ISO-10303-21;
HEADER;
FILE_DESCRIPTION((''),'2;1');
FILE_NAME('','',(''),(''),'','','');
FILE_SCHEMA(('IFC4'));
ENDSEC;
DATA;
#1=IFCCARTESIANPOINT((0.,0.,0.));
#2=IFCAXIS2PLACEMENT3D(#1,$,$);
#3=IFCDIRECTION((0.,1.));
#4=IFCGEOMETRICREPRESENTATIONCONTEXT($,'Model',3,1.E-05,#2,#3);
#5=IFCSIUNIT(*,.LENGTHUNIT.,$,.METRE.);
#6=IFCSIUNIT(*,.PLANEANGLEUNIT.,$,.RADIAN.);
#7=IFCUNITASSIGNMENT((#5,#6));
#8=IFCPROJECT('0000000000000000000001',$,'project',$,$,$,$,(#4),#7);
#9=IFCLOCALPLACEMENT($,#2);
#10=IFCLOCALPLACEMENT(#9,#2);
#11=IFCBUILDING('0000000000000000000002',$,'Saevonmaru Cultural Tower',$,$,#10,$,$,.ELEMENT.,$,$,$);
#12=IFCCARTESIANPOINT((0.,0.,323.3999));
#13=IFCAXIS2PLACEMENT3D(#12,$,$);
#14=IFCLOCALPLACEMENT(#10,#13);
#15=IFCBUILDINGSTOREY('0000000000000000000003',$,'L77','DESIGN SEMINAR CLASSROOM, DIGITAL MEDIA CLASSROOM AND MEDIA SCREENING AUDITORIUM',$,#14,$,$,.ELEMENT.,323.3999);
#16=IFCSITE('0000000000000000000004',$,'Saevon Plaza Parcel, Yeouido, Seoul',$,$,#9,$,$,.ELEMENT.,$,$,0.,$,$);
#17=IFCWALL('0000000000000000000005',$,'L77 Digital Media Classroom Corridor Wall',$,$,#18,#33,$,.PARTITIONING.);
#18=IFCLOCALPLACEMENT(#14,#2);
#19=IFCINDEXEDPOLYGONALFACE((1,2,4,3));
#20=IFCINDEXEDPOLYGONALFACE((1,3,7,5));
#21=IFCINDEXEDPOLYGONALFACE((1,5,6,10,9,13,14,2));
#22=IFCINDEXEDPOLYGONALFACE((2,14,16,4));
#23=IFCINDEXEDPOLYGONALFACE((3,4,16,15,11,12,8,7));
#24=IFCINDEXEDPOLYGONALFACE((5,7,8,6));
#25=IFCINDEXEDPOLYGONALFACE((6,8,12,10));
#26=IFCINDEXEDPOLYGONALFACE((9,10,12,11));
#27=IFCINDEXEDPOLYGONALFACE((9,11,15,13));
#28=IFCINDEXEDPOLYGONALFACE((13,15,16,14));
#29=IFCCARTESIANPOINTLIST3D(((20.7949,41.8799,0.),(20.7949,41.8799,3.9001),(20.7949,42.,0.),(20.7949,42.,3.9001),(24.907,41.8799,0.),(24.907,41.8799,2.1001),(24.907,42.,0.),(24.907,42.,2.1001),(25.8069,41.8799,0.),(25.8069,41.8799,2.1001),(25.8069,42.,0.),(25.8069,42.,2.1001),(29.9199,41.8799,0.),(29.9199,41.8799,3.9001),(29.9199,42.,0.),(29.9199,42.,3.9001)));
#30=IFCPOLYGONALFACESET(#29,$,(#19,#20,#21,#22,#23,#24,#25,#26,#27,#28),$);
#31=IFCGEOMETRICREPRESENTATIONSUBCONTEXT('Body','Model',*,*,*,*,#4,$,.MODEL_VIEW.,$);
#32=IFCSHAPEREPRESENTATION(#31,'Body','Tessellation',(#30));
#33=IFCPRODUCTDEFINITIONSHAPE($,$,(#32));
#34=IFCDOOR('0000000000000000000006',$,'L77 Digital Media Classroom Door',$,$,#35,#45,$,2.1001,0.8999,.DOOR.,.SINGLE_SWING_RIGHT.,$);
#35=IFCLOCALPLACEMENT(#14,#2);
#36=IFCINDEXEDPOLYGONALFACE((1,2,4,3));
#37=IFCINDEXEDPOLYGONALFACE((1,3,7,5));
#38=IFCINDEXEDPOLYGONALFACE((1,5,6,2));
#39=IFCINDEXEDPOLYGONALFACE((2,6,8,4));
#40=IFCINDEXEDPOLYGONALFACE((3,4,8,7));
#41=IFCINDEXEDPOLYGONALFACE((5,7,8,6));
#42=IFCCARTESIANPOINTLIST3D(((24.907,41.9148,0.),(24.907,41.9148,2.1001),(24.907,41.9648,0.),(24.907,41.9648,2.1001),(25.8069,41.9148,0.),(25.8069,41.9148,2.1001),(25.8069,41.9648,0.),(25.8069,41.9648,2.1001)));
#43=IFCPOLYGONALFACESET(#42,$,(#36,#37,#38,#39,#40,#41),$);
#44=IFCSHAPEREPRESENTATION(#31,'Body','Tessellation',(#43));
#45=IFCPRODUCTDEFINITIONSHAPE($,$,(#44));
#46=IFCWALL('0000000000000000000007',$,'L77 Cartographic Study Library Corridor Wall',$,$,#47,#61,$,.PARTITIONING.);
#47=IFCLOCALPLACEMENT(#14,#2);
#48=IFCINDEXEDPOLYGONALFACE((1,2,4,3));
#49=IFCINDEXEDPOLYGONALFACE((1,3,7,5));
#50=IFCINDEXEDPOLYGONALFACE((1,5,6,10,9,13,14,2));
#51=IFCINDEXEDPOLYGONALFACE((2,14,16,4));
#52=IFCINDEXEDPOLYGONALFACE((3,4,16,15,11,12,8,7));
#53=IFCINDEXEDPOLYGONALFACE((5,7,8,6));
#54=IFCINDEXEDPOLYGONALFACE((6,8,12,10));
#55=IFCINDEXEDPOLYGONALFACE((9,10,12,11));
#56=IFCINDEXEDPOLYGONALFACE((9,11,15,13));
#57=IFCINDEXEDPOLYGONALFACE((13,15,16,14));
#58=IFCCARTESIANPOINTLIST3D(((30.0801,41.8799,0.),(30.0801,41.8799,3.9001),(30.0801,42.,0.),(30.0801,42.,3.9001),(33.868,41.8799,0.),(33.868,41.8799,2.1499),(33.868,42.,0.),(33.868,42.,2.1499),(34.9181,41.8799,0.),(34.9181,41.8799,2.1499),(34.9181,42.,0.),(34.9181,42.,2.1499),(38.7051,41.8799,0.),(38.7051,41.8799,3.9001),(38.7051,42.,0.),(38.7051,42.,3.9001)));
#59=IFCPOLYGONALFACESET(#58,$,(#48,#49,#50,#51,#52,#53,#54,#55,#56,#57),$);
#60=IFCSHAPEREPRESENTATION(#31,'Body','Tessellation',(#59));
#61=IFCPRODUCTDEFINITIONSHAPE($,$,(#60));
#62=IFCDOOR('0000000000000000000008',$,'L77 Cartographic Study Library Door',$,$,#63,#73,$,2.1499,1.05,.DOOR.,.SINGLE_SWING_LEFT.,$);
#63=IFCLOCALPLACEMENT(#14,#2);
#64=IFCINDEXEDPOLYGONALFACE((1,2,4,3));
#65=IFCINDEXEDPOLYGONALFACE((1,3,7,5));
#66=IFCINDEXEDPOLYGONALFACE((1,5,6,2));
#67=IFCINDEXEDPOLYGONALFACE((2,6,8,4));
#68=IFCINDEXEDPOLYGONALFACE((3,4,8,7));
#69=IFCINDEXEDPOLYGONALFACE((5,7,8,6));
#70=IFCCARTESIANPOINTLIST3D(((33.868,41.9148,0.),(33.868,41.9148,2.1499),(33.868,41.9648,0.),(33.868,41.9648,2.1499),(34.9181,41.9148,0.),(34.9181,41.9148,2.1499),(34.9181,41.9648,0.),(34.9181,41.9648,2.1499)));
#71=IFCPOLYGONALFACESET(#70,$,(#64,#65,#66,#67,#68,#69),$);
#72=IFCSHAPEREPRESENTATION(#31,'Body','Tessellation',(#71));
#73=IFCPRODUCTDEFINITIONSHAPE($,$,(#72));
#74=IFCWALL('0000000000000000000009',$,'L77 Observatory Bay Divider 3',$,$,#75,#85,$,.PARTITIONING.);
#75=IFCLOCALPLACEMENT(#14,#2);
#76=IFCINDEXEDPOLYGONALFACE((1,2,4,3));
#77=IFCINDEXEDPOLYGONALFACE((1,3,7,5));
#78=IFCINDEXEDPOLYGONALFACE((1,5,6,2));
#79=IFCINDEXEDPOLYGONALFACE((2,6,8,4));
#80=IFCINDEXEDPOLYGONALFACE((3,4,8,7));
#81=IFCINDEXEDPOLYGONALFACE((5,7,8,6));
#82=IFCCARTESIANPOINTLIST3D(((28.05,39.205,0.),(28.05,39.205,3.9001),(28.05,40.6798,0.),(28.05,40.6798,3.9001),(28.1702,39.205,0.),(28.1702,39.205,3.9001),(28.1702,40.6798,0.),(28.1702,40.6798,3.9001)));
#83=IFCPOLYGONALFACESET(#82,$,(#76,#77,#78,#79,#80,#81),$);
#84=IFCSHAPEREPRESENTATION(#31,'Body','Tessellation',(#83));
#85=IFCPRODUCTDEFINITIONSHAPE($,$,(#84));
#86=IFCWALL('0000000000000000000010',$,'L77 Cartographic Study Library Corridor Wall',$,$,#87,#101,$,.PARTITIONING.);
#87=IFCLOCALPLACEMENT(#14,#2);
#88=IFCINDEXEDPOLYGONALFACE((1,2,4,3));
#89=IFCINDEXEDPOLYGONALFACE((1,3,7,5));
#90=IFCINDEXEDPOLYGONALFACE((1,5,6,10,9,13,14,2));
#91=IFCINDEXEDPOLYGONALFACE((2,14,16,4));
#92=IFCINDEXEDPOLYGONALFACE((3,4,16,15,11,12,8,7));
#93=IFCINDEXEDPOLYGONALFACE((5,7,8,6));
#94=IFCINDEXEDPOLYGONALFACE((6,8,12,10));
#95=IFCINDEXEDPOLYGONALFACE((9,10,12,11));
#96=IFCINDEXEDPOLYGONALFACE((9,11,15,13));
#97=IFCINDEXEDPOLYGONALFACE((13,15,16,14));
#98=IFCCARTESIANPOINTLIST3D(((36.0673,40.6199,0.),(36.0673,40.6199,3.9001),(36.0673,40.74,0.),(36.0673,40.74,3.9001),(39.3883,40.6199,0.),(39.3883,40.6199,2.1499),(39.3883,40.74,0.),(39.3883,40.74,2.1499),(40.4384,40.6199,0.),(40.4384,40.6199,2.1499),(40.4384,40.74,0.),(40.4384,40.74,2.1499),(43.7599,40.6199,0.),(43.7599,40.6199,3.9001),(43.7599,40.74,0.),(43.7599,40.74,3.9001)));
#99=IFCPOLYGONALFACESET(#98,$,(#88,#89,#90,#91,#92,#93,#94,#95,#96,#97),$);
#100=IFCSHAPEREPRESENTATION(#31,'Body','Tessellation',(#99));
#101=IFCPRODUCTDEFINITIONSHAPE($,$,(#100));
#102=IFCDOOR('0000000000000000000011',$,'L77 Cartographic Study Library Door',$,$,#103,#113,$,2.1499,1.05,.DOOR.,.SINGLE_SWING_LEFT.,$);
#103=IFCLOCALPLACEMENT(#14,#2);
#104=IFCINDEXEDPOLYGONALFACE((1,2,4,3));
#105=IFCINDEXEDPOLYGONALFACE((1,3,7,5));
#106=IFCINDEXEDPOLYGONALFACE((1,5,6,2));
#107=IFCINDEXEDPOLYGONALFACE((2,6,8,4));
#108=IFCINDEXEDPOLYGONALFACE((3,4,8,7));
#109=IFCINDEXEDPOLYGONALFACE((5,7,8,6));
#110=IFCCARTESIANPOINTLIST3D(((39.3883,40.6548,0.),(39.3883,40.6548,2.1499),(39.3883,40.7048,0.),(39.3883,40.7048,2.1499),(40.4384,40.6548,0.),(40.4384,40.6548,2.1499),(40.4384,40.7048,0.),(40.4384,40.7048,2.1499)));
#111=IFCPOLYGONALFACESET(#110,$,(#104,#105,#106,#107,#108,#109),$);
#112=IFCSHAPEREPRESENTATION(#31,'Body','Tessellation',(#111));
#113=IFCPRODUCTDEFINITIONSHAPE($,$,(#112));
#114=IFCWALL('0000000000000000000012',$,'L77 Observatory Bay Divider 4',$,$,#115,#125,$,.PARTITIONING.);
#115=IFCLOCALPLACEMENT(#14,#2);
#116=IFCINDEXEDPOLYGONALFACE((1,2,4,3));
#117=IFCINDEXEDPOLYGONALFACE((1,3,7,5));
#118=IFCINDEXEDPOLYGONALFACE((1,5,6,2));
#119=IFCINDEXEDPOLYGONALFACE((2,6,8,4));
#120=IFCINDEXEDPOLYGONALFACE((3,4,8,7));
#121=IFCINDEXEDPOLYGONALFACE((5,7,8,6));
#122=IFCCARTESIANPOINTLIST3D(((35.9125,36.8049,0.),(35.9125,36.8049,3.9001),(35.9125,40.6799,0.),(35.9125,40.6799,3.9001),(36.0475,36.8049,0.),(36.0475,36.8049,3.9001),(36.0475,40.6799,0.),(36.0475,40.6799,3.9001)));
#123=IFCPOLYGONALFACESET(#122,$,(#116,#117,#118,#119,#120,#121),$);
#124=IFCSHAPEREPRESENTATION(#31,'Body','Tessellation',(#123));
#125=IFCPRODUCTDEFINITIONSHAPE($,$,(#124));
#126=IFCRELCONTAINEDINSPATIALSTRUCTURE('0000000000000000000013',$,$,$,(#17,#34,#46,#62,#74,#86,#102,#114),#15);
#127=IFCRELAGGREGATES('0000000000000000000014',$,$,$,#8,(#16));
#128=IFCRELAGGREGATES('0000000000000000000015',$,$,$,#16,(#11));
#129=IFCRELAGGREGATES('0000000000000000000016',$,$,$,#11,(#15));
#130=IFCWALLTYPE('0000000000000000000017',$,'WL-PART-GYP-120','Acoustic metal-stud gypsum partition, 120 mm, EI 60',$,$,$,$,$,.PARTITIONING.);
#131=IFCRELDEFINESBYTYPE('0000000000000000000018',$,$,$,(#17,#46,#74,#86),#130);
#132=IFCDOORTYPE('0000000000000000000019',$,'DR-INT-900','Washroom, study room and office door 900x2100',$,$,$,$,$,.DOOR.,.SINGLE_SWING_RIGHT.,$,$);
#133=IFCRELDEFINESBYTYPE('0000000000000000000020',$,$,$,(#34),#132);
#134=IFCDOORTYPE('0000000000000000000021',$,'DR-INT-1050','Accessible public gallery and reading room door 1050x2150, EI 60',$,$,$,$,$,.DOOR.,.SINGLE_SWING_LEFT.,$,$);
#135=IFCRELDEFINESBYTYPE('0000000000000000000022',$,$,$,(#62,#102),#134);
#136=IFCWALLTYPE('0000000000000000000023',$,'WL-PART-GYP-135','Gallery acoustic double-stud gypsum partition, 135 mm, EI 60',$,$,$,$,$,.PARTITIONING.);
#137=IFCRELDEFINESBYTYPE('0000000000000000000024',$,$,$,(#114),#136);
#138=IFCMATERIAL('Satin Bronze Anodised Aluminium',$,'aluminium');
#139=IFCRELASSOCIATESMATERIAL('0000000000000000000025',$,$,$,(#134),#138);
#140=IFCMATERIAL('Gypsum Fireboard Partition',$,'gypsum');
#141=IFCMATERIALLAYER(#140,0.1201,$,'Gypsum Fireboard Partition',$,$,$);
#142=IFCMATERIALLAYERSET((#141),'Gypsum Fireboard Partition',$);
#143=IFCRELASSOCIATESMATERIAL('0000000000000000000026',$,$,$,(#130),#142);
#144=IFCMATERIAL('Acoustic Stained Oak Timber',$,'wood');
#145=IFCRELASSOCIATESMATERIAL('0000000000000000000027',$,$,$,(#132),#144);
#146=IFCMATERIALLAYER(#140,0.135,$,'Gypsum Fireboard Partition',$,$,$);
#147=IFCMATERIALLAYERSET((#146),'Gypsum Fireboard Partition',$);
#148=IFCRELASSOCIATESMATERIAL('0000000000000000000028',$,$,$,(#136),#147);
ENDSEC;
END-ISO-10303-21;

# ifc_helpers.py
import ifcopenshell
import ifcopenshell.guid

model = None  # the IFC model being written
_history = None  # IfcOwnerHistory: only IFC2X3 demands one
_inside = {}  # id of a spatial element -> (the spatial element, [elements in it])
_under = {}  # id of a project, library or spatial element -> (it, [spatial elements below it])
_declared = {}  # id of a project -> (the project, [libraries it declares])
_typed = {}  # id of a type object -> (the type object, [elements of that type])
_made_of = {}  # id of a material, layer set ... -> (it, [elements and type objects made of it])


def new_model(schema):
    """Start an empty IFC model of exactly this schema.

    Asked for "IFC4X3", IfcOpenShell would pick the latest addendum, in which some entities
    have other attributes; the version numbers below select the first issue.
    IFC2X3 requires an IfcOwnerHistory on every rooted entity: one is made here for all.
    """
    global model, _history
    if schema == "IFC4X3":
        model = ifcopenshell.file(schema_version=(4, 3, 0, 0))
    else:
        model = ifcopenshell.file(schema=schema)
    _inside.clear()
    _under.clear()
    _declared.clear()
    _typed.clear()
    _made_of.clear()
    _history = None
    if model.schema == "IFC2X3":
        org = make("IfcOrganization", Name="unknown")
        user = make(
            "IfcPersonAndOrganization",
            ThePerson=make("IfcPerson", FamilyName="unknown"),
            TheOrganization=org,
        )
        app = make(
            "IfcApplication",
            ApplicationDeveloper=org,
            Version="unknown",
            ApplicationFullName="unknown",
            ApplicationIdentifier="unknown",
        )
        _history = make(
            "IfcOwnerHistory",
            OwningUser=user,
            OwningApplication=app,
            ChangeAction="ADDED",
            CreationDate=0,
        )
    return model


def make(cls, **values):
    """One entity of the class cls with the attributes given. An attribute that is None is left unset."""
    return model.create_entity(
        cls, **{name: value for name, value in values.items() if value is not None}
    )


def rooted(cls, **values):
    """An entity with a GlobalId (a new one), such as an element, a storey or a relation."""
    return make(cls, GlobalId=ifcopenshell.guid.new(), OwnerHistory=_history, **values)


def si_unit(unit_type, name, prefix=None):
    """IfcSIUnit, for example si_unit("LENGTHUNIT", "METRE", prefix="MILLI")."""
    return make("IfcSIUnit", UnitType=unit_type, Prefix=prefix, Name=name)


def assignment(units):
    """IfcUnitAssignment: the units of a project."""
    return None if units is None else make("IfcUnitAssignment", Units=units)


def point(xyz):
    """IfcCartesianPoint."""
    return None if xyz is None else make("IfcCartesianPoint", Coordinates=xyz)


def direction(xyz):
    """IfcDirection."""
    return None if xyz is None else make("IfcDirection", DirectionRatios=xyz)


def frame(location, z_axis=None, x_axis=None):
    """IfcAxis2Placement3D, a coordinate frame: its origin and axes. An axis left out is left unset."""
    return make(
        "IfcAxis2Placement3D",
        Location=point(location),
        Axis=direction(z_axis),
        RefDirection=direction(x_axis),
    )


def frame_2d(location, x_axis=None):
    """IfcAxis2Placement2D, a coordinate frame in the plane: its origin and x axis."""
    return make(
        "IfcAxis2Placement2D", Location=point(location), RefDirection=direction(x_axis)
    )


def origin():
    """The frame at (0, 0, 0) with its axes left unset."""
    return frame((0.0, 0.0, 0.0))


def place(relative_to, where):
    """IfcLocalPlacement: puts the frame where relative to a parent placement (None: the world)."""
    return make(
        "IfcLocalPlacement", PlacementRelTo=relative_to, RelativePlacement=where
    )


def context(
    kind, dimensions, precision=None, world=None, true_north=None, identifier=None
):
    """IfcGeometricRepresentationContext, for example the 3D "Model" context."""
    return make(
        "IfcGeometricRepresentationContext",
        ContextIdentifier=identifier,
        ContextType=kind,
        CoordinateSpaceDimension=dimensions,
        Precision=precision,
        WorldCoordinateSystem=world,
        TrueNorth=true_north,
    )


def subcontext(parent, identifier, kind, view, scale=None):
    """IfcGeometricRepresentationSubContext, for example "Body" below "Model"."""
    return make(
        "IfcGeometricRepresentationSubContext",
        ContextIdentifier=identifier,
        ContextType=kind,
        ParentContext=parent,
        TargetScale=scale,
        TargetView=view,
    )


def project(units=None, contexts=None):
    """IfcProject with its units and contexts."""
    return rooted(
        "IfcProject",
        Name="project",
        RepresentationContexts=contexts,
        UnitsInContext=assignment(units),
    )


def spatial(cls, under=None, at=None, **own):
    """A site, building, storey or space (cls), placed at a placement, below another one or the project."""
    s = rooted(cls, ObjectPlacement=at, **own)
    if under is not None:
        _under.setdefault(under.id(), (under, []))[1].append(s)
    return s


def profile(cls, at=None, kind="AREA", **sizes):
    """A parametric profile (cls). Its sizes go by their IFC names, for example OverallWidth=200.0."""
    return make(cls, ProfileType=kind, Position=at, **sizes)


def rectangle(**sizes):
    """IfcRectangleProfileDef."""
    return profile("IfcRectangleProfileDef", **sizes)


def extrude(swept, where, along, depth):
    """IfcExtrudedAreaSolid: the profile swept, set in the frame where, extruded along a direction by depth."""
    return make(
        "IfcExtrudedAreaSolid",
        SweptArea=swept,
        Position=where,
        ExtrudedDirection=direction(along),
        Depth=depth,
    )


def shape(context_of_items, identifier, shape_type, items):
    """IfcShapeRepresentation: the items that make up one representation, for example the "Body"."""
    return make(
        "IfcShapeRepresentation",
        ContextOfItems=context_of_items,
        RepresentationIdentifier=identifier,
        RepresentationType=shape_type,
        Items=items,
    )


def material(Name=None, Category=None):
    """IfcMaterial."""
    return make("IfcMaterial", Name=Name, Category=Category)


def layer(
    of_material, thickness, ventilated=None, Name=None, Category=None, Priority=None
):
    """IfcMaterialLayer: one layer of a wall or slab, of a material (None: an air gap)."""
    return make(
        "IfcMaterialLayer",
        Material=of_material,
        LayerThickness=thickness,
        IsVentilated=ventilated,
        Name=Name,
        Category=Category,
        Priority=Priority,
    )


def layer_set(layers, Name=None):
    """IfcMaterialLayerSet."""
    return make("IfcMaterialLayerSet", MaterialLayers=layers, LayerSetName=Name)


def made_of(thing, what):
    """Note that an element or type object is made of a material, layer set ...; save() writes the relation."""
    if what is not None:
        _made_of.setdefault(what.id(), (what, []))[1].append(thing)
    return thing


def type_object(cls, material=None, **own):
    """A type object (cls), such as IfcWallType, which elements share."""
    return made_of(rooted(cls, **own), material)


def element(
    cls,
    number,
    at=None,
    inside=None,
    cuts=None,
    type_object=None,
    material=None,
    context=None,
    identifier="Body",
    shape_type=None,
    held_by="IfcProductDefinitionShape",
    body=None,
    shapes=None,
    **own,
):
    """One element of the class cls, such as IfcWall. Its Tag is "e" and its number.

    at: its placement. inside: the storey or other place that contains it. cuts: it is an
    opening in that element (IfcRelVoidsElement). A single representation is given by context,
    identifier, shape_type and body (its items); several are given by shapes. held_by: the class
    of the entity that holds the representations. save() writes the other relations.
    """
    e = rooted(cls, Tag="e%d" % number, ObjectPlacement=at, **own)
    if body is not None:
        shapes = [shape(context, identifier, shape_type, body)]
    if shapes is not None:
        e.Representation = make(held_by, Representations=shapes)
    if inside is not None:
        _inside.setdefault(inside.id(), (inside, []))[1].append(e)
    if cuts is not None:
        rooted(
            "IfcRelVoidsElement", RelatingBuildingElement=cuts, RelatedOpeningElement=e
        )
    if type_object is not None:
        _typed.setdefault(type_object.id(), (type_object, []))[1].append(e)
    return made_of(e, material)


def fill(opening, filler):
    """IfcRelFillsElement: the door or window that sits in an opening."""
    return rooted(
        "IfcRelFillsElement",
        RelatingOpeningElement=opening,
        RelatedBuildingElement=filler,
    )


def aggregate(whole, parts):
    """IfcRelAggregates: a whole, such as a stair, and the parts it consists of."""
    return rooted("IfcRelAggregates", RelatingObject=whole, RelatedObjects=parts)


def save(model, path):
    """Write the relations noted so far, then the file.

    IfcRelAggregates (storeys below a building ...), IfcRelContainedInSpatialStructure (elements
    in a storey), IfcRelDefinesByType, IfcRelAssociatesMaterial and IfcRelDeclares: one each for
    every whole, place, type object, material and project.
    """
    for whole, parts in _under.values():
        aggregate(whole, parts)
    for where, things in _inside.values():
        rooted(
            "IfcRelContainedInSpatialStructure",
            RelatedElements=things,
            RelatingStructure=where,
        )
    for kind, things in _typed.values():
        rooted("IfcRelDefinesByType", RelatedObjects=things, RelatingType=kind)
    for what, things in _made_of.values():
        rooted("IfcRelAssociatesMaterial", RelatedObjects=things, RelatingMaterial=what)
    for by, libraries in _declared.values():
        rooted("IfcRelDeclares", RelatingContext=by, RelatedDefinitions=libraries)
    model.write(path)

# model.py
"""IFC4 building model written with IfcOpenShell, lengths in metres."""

from ifc_helpers import new_model, si_unit, direction, frame, frame_2d, origin, place, context, subcontext, project, spatial, rectangle, extrude, material, layer, layer_set, type_object, element, fill, save


model = new_model("IFC4")

# Units and contexts
model_context = context("Model", 3, precision=1e-05, world=origin(), true_north=direction((0.0, 1.0)))
body_context = subcontext(model_context, "Body", "Model", "MODEL_VIEW")
ifc_project = project(units=[si_unit("LENGTHUNIT", "METRE"), si_unit("PLANEANGLEUNIT", "RADIAN")], contexts=[model_context])

# Site, building, storey
site_placement = place(None, origin())
site = spatial("IfcSite", under=ifc_project, at=site_placement, Name="Saevon Plaza Parcel, Yeouido, Seoul", CompositionType="ELEMENT", RefElevation=0.0)
building_placement = place(site_placement, origin())
building = spatial("IfcBuilding", under=site, at=building_placement, Name="Saevonmaru Cultural Tower", CompositionType="ELEMENT")
storey_placement = place(building_placement, frame((0.0, 0.0, 323.3999)))
storey = spatial("IfcBuildingStorey", under=building, at=storey_placement, Name="L77", Description="DESIGN SEMINAR CLASSROOM, DIGITAL MEDIA CLASSROOM AND MEDIA SCREENING AUDITORIUM", CompositionType="ELEMENT", Elevation=323.3999)

# Shared definitions
ifc_material_1 = material(Name="Satin Bronze Anodised Aluminium", Category="aluminium")

# Shared definitions
ifc_material_2 = material(Name="Gypsum Fireboard Partition", Category="gypsum")

# Shared definitions
door_type_1 = type_object("IfcDoorType", Name="DR-INT-1050", Description="Accessible public gallery and reading room door 1050x2150, EI 60", OperationType="SINGLE_SWING_LEFT", PredefinedType="DOOR", material=ifc_material_1)

# Shared definitions
ifc_layer_1 = layer(ifc_material_2, 0.1201, Name="Gypsum Fireboard Partition")
ifc_layer_set_1 = layer_set([ifc_layer_1], Name="Gypsum Fireboard Partition")
wall_type_1 = type_object("IfcWallType", Name="WL-PART-GYP-120", Description="Acoustic metal-stud gypsum partition, 120 mm, EI 60", PredefinedType="PARTITIONING", material=ifc_layer_set_1)

# Walls, openings, doors
wall_1_placement = place(storey_placement, frame((20.7949, 41.9399, 0.0), z_axis=(0.0, 0.0, 1.0), x_axis=(1.0, 0.0, 0.0)))
wall_1 = element("IfcWall", 1, at=wall_1_placement, inside=storey, type_object=wall_type_1, Name="L77 Digital Media Classroom Corridor Wall", PredefinedType="PARTITIONING", context=body_context, shape_type="SweptSolid", body=[
    extrude(rectangle(XDim=9.125, YDim=0.1201, at=frame_2d((4.5625, 0.0))), origin(), (0.0, 0.0, 1.0), 3.9001),
])
opening_1_placement = place(wall_1_placement, frame((4.1121, 0.0, 0.0)))
opening_1 = element("IfcOpeningElement", 2, at=opening_1_placement, cuts=wall_1, PredefinedType="OPENING", context=body_context, shape_type="SweptSolid", body=[
    extrude(rectangle(XDim=0.8999, YDim=2.1001, at=frame_2d((0.45, 1.05))), frame((0.0, 0.0701, 0.0), z_axis=(0.0, -1.0, 0.0), x_axis=(1.0, 0.0, 0.0)), (0.0, 0.0, 1.0), 0.1401),
])
ifc_material_3 = material(Name="Acoustic Stained Oak Timber", Category="wood")
door_type_2 = type_object("IfcDoorType", Name="DR-INT-900", Description="Washroom, study room and office door 900x2100", OperationType="SINGLE_SWING_RIGHT", PredefinedType="DOOR", material=ifc_material_3)
door_1_placement = place(opening_1_placement, origin())
door_1 = element("IfcDoor", 3, at=door_1_placement, inside=storey, type_object=door_type_2, Name="L77 Digital Media Classroom Door", OperationType="SINGLE_SWING_RIGHT", OverallHeight=2.1001, OverallWidth=0.8999, PredefinedType="DOOR", context=body_context, shape_type="SweptSolid", body=[
    extrude(rectangle(XDim=0.8999, YDim=2.1001, at=frame_2d((0.45, 1.05))), frame((0.0, 0.0249, 0.0), z_axis=(0.0, -1.0, 0.0), x_axis=(1.0, 0.0, 0.0)), (0.0, 0.0, 1.0), 0.05),
])
fill(opening_1, door_1)
wall_2_placement = place(storey_placement, frame((30.0801, 41.9399, 0.0), z_axis=(0.0, 0.0, 1.0), x_axis=(1.0, 0.0, 0.0)))
wall_2 = element("IfcWall", 4, at=wall_2_placement, inside=storey, type_object=wall_type_1, Name="L77 Cartographic Study Library Corridor Wall", PredefinedType="PARTITIONING", context=body_context, shape_type="SweptSolid", body=[
    extrude(rectangle(XDim=8.625, YDim=0.1201, at=frame_2d((4.3125, 0.0))), origin(), (0.0, 0.0, 1.0), 3.9001),
])
opening_2_placement = place(wall_2_placement, frame((3.7881, 0.0, 0.0)))
opening_2 = element("IfcOpeningElement", 5, at=opening_2_placement, cuts=wall_2, PredefinedType="OPENING", context=body_context, shape_type="SweptSolid", body=[
    extrude(rectangle(XDim=1.05, YDim=2.1499, at=frame_2d((0.5249, 1.075))), frame((0.0, 0.0701, 0.0), z_axis=(0.0, -1.0, 0.0), x_axis=(1.0, 0.0, 0.0)), (0.0, 0.0, 1.0), 0.1401),
])
door_2_placement = place(opening_2_placement, origin())
door_2 = element("IfcDoor", 6, at=door_2_placement, inside=storey, type_object=door_type_1, Name="L77 Cartographic Study Library Door", OperationType="SINGLE_SWING_LEFT", OverallHeight=2.1499, OverallWidth=1.05, PredefinedType="DOOR", context=body_context, shape_type="SweptSolid", body=[
    extrude(rectangle(XDim=1.05, YDim=2.1499, at=frame_2d((0.5249, 1.075))), frame((0.0, 0.0249, 0.0), z_axis=(0.0, -1.0, 0.0), x_axis=(1.0, 0.0, 0.0)), (0.0, 0.0, 1.0), 0.05),
])
fill(opening_2, door_2)

# Wall
wall_3_placement = place(storey_placement, frame((28.1101, 39.2051, 0.0), z_axis=(0.0, 0.0, 1.0), x_axis=(0.0, 1.0, 0.0)))
element("IfcWall", 7, at=wall_3_placement, inside=storey, type_object=wall_type_1, Name="L77 Observatory Bay Divider 3", PredefinedType="PARTITIONING", context=body_context, shape_type="SweptSolid", body=[
    extrude(rectangle(XDim=1.4749, YDim=0.1201, at=frame_2d((0.7373, 0.0))), origin(), (0.0, 0.0, 1.0), 3.9001),
])

# Wall, opening, door
wall_4_placement = place(storey_placement, frame((36.0674, 40.6799, 0.0), z_axis=(0.0, 0.0, 1.0), x_axis=(1.0, 0.0, 0.0)))
wall_4 = element("IfcWall", 8, at=wall_4_placement, inside=storey, type_object=wall_type_1, Name="L77 Cartographic Study Library Corridor Wall", PredefinedType="PARTITIONING", context=body_context, shape_type="SweptSolid", body=[
    extrude(rectangle(XDim=7.6926, YDim=0.1201, at=frame_2d((3.8462, 0.0))), origin(), (0.0, 0.0, 1.0), 3.9001),
])
opening_3_placement = place(wall_4_placement, frame((3.321, 0.0, 0.0)))
opening_3 = element("IfcOpeningElement", 9, at=opening_3_placement, cuts=wall_4, PredefinedType="OPENING", context=body_context, shape_type="SweptSolid", body=[
    extrude(rectangle(XDim=1.05, YDim=2.1499, at=frame_2d((0.5249, 1.075))), frame((0.0, 0.0701, 0.0), z_axis=(0.0, -1.0, 0.0), x_axis=(1.0, 0.0, 0.0)), (0.0, 0.0, 1.0), 0.1401),
])
door_3_placement = place(opening_3_placement, origin())
door_3 = element("IfcDoor", 10, at=door_3_placement, inside=storey, type_object=door_type_1, Name="L77 Cartographic Study Library Door", OperationType="SINGLE_SWING_LEFT", OverallHeight=2.1499, OverallWidth=1.05, PredefinedType="DOOR", context=body_context, shape_type="SweptSolid", body=[
    extrude(rectangle(XDim=1.05, YDim=2.1499, at=frame_2d((0.5249, 1.075))), frame((0.0, 0.0249, 0.0), z_axis=(0.0, -1.0, 0.0), x_axis=(1.0, 0.0, 0.0)), (0.0, 0.0, 1.0), 0.05),
])
fill(opening_3, door_3)

# Wall
ifc_layer_2 = layer(ifc_material_2, 0.135, Name="Gypsum Fireboard Partition")
ifc_layer_set_2 = layer_set([ifc_layer_2], Name="Gypsum Fireboard Partition")
wall_type_2 = type_object("IfcWallType", Name="WL-PART-GYP-135", Description="Gallery acoustic double-stud gypsum partition, 135 mm, EI 60", PredefinedType="PARTITIONING", material=ifc_layer_set_2)
wall_5_placement = place(storey_placement, frame((35.98, 36.8049, 0.0), z_axis=(0.0, 0.0, 1.0), x_axis=(0.0, 1.0, 0.0)))
element("IfcWall", 11, at=wall_5_placement, inside=storey, type_object=wall_type_2, Name="L77 Observatory Bay Divider 4", PredefinedType="PARTITIONING", context=body_context, shape_type="SweptSolid", body=[
    extrude(rectangle(XDim=3.875, YDim=0.135, at=frame_2d((1.9375, 0.0))), origin(), (0.0, 0.0, 1.0), 3.9001),
])

save(model, "model.ifc")
